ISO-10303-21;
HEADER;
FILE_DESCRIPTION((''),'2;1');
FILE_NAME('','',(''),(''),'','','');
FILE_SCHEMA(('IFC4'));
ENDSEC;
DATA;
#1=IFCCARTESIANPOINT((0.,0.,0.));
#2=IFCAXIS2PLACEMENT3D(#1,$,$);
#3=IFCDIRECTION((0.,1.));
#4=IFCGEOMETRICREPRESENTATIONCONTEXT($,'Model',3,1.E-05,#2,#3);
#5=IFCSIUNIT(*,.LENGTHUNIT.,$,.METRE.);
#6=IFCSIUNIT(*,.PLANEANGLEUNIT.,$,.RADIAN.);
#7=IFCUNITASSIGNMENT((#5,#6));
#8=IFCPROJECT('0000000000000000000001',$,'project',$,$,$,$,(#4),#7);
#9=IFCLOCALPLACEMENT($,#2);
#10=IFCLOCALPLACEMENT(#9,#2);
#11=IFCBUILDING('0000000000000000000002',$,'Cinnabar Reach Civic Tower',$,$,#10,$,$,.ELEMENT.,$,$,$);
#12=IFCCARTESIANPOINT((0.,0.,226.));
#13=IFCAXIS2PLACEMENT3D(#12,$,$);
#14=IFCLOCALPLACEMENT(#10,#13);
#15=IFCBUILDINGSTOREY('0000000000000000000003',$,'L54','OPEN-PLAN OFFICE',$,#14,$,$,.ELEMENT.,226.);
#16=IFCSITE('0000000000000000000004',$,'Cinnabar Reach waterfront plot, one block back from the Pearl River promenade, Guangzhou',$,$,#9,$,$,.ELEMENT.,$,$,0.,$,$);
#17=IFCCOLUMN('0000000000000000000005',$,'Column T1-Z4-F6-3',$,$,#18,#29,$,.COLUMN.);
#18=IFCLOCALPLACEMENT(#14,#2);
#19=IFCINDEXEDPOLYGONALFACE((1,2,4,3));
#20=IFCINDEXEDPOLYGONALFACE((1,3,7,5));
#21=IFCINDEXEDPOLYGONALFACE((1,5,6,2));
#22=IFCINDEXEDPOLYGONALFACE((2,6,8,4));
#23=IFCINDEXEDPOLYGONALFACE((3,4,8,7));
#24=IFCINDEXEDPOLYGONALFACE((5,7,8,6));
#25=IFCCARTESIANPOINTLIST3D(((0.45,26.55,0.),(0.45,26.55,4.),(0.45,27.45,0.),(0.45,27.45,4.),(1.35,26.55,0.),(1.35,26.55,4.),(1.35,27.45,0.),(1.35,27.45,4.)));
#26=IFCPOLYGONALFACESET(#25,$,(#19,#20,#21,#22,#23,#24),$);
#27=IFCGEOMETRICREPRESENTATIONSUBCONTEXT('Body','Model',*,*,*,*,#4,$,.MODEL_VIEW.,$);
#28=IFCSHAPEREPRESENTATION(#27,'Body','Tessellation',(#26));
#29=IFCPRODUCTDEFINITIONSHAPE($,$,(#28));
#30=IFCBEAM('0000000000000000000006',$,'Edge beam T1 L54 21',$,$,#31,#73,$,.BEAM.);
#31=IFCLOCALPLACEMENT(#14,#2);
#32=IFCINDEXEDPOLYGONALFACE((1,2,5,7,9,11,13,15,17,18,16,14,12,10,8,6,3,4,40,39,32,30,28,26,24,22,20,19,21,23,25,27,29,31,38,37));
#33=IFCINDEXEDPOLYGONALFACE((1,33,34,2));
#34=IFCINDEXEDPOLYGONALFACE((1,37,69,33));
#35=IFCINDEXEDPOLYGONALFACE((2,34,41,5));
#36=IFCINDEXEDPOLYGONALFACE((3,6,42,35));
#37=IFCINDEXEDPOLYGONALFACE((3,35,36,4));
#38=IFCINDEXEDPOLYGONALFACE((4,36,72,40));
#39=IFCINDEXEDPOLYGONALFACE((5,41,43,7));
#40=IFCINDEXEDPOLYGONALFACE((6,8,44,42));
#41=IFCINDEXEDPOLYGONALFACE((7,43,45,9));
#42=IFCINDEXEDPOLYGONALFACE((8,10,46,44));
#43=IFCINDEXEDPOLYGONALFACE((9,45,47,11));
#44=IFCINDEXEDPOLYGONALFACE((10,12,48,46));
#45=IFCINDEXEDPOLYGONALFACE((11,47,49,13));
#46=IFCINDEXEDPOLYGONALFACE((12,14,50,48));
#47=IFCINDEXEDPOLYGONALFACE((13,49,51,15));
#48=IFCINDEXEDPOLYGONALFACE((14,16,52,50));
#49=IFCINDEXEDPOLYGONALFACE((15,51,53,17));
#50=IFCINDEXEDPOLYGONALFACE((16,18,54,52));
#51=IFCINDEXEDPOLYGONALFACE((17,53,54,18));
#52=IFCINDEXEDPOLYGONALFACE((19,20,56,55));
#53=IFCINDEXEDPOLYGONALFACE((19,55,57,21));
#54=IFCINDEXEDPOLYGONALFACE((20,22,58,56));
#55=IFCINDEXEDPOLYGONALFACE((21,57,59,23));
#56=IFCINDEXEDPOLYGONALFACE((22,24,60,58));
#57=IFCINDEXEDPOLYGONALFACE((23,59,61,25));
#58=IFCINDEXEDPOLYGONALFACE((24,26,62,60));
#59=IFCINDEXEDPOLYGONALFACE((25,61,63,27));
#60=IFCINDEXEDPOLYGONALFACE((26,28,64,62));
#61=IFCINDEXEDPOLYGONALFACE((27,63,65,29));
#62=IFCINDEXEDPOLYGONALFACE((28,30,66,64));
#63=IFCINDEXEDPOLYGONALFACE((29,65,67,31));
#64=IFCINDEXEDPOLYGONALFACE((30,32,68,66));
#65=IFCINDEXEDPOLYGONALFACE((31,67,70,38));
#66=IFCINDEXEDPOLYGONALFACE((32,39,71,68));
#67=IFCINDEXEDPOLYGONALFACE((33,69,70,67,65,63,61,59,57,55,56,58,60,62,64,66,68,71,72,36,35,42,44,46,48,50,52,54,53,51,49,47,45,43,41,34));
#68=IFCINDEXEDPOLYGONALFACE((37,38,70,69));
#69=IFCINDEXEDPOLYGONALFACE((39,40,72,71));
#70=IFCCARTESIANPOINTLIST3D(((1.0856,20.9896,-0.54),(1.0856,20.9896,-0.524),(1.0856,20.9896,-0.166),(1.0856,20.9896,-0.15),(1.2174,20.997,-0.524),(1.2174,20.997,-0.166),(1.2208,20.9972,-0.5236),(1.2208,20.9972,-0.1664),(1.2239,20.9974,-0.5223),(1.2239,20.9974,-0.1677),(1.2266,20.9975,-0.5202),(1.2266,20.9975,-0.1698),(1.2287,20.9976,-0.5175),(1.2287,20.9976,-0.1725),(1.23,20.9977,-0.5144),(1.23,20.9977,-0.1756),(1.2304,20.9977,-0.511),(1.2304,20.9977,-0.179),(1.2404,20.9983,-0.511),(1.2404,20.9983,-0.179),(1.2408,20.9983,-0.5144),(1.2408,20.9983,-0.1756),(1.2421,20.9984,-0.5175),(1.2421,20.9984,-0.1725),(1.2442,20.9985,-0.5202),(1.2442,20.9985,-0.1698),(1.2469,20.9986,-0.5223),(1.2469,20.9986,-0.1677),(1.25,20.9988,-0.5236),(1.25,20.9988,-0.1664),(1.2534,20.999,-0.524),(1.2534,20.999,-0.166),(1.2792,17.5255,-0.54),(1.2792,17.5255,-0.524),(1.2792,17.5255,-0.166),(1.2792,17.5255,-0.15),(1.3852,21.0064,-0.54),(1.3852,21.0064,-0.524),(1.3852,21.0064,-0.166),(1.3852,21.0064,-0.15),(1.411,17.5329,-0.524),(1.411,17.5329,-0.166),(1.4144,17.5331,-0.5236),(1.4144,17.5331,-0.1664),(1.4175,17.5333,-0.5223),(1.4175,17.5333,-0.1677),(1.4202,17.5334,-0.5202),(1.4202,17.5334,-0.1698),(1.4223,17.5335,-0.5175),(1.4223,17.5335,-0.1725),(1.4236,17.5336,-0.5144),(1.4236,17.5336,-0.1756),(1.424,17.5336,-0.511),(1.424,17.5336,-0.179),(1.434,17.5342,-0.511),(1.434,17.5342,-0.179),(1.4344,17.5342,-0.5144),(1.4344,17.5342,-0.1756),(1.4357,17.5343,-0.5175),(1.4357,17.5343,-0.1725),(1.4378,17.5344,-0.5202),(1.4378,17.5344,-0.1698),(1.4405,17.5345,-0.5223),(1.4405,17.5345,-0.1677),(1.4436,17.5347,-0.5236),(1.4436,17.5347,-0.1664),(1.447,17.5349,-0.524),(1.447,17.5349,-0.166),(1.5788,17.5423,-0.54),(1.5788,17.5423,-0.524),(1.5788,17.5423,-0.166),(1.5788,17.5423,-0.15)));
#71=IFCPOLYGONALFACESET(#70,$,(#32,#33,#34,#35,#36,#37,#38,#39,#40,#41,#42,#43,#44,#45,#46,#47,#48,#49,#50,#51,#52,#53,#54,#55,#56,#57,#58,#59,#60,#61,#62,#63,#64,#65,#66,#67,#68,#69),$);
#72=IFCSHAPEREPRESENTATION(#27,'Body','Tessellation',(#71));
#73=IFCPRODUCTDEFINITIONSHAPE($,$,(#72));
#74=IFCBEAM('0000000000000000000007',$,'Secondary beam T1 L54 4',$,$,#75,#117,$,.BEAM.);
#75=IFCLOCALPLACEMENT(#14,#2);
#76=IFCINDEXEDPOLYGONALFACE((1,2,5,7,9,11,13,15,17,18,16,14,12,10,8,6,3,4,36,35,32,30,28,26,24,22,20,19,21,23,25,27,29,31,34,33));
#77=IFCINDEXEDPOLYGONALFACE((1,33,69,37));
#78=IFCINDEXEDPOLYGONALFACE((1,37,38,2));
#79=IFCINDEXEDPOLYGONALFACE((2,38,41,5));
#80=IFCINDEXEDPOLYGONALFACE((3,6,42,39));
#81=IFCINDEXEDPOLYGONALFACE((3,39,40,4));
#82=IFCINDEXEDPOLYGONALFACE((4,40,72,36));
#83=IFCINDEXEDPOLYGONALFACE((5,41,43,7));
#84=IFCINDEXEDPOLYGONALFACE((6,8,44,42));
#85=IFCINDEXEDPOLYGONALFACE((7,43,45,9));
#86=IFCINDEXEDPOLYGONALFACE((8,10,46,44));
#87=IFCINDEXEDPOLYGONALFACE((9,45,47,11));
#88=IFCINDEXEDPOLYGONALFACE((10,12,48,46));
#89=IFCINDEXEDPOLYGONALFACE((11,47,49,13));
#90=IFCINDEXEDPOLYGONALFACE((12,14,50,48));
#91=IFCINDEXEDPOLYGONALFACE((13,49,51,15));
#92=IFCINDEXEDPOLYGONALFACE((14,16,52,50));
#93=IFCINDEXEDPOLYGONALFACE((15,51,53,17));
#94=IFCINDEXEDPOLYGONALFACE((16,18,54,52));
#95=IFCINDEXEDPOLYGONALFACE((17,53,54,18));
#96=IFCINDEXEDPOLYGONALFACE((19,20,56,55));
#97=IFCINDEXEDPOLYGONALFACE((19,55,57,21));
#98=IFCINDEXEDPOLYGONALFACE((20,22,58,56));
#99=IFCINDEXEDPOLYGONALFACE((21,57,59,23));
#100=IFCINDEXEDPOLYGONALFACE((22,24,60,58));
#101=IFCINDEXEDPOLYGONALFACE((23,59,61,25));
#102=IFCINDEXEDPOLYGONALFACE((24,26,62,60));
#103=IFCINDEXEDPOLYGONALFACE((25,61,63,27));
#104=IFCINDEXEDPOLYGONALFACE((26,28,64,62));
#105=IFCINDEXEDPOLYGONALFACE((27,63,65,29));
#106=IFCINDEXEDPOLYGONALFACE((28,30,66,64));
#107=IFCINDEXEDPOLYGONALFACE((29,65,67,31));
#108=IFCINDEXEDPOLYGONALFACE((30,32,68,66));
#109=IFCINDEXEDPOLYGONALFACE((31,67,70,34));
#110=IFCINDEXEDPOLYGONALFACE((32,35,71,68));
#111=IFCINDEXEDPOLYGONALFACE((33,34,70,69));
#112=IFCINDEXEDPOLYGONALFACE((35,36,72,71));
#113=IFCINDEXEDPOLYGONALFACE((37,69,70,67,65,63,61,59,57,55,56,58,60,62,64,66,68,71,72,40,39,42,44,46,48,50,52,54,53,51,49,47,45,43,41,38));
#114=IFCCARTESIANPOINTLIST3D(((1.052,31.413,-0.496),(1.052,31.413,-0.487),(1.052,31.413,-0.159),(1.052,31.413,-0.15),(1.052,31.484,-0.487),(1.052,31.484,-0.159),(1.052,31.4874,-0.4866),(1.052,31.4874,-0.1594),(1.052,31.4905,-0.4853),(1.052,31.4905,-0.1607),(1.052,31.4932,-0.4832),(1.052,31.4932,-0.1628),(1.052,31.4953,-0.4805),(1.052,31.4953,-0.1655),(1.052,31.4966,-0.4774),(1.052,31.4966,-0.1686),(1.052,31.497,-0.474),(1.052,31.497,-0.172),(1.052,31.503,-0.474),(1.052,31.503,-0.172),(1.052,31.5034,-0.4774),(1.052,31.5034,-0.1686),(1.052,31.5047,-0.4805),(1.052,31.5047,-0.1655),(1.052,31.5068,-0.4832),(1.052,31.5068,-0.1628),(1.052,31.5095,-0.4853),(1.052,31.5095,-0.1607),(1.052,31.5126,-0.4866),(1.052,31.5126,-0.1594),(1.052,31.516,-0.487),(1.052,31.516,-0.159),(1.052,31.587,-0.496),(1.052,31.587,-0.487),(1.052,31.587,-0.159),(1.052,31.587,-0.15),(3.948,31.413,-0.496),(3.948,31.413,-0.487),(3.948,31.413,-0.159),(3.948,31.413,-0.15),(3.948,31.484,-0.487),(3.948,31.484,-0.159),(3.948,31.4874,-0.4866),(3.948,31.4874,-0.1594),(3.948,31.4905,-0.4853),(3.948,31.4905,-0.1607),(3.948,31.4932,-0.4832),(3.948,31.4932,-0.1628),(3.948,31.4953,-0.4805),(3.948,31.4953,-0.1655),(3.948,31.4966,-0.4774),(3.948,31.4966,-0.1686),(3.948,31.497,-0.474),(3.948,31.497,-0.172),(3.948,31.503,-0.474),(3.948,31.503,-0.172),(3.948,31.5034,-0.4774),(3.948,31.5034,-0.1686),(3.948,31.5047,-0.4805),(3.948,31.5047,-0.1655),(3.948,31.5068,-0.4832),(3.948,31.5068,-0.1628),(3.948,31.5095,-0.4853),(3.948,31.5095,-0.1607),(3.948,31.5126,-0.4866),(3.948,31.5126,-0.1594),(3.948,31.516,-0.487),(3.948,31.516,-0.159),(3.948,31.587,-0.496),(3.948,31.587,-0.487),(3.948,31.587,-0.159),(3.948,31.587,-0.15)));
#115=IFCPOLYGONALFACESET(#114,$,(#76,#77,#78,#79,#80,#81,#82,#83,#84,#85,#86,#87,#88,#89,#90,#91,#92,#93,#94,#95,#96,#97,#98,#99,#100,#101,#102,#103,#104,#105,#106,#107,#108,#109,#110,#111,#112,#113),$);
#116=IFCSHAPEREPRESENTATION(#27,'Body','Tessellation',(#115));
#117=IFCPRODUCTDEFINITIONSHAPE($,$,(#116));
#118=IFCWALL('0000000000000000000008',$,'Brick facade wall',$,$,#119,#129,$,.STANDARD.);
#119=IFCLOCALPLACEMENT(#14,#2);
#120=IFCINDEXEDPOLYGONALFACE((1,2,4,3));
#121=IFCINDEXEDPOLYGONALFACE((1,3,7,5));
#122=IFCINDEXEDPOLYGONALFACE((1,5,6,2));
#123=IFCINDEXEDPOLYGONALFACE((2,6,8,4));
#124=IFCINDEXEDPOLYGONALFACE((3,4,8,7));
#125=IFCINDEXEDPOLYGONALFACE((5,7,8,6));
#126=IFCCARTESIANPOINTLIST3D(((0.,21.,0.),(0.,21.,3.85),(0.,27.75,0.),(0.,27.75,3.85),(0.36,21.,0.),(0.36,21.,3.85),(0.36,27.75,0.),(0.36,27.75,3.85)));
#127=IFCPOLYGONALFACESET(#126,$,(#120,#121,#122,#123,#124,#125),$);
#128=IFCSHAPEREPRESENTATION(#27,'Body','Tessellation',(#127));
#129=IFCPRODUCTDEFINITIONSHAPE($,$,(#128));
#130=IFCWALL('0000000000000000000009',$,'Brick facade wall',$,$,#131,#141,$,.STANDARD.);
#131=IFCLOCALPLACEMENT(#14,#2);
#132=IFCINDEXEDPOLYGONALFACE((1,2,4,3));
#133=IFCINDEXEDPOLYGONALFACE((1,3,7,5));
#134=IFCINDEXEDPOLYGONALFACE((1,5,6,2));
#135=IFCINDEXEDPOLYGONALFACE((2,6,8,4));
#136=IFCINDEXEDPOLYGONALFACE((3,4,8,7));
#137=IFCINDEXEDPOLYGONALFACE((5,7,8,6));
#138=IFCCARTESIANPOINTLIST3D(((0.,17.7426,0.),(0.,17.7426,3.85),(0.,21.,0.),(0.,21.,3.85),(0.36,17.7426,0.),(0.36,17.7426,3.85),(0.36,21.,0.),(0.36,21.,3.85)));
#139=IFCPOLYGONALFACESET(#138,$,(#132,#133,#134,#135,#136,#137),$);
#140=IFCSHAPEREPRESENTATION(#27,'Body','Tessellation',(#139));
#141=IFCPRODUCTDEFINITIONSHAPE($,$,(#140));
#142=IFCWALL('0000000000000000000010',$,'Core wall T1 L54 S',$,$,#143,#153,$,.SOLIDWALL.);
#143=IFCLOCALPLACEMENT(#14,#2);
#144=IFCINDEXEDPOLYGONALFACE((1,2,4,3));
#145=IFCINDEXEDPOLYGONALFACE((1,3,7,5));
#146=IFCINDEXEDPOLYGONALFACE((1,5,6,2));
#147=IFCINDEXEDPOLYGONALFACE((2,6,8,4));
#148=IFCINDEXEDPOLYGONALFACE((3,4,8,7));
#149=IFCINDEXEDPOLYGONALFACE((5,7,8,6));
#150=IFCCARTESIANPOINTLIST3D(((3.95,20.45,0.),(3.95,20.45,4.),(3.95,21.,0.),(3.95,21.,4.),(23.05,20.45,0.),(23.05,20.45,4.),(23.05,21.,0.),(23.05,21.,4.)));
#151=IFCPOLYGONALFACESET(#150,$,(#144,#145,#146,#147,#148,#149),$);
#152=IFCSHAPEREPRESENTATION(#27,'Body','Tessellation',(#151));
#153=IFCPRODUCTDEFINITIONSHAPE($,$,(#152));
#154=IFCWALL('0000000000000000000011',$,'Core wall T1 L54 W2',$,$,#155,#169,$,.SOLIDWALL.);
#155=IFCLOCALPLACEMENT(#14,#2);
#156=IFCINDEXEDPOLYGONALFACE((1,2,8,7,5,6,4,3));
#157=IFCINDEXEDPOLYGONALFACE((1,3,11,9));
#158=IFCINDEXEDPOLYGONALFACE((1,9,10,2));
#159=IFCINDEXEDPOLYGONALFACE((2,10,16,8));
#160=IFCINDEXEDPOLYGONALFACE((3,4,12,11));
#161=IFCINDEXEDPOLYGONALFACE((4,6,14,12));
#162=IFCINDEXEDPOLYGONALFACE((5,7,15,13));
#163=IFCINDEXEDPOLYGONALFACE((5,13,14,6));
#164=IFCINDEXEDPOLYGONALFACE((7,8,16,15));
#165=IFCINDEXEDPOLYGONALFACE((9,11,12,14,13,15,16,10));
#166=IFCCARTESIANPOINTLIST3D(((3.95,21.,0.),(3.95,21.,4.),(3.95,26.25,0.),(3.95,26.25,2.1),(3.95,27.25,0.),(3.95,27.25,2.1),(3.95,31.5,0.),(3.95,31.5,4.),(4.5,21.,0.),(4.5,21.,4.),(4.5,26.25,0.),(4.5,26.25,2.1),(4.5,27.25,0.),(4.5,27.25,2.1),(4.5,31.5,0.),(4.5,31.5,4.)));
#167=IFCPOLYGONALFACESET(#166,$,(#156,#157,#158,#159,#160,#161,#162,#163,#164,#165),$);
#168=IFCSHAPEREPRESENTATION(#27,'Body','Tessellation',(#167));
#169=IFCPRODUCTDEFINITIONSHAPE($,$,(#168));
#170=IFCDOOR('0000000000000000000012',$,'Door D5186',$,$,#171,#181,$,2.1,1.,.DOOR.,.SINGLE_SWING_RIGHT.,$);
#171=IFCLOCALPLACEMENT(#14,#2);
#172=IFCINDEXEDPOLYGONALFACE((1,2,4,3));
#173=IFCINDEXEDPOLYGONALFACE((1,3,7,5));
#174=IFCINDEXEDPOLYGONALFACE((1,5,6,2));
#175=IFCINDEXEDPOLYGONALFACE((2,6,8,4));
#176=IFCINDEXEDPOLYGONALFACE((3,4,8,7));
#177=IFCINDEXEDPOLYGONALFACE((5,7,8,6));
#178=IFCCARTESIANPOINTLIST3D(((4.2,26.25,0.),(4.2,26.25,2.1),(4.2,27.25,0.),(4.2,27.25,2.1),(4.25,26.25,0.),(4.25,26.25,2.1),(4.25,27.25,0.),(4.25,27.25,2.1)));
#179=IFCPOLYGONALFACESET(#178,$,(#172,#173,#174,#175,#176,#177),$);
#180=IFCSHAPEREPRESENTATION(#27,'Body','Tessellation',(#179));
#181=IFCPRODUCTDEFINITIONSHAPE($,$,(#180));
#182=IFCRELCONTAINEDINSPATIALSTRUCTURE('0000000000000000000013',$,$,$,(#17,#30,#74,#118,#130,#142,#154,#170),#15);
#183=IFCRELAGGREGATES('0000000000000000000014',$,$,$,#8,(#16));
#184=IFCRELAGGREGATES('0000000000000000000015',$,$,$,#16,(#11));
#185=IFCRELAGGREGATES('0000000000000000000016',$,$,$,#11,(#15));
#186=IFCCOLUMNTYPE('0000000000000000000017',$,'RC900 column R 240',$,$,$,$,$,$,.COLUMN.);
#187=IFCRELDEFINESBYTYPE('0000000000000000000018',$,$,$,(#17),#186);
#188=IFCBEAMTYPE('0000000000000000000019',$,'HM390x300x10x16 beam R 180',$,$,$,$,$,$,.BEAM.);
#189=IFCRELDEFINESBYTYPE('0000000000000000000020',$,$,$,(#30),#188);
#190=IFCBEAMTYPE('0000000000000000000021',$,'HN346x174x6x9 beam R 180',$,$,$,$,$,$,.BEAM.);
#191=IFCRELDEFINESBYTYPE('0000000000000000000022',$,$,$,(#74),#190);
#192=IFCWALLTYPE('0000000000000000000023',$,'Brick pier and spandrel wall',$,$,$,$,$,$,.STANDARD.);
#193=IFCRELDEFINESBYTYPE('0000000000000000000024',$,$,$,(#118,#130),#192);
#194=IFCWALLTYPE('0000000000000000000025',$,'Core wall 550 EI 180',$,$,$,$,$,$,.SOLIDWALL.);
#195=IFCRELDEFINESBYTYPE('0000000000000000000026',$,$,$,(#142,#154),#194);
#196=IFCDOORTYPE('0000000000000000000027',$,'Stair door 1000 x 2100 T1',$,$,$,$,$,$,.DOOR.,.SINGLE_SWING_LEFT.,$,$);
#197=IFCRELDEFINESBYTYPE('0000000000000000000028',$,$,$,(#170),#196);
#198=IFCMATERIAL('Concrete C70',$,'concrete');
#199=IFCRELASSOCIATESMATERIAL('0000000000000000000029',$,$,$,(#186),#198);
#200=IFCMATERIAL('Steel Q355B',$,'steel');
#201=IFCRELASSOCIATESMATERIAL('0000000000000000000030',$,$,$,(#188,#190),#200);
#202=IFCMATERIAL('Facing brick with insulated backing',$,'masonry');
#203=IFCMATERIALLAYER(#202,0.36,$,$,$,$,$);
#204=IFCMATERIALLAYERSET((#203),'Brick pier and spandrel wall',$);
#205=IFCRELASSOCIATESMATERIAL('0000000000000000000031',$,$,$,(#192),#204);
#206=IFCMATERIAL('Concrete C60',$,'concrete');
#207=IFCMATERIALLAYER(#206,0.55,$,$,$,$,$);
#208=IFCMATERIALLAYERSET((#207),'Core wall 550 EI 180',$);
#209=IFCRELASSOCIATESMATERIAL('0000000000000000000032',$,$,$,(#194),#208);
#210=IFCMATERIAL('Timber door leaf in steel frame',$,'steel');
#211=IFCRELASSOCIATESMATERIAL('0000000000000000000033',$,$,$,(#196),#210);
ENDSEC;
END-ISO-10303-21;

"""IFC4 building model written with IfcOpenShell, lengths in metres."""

from ifc_helpers import new_model, si_unit, direction, frame, frame_2d, origin, origin_2d, place, context, subcontext, project, spatial, rectangle, i_section, extrude, material, layer, layer_set, material_profile, profile_set, type_object, element, fill, save


model = new_model("IFC4")

# Units and contexts
model_context = context("Model", 3, precision=1e-05, world=origin(), true_north=direction((0.0, 1.0)))
body_context = subcontext(model_context, "Body", "Model", "MODEL_VIEW")
ifc_project = project(units=[si_unit("LENGTHUNIT", "METRE"), si_unit("PLANEANGLEUNIT", "RADIAN")], contexts=[model_context])

# Site, building, storey
site_placement = place(None, origin())
site = spatial("IfcSite", under=ifc_project, at=site_placement, Name="Cinnabar Reach waterfront plot, one block back from the Pearl River promenade, Guangzhou", CompositionType="ELEMENT", RefElevation=0.0)
building_placement = place(site_placement, origin())
building = spatial("IfcBuilding", under=site, at=building_placement, Name="Cinnabar Reach Civic Tower", CompositionType="ELEMENT")
storey_placement = place(building_placement, frame((0.0, 0.0, 226.0)))
storey = spatial("IfcBuildingStorey", under=building, at=storey_placement, Name="L54", Description="OPEN-PLAN OFFICE", CompositionType="ELEMENT", Elevation=226.0)

# Column
ifc_material_1 = material(Name="Concrete C70", Category="concrete")
ifc_material_profile_1 = material_profile(ifc_material_1, rectangle(XDim=0.9, YDim=0.9, at=origin_2d()), Name="RC900")
ifc_profile_set_1 = profile_set([ifc_material_profile_1], Name="Concrete C70")
column_type = type_object("IfcColumnType", Name="RC900 column R 240", PredefinedType="COLUMN", material=ifc_profile_set_1)
column_placement = place(storey_placement, frame((0.9, 27.0, 0.0), z_axis=(0.0, 0.0, 1.0), x_axis=(1.0, 0.0, 0.0)))
element("IfcColumn", 1, at=column_placement, inside=storey, type_object=column_type, Name="Column T1-Z4-F6-3", PredefinedType="COLUMN", context=body_context, shape_type="SweptSolid", body=[
    extrude(rectangle(XDim=0.9, YDim=0.9, at=origin_2d()), origin(), (0.0, 0.0, 1.0), 4.0),
])

# Beams
ifc_material_2 = material(Name="Steel Q355B", Category="steel")
ifc_material_profile_2 = material_profile(ifc_material_2, i_section(OverallWidth=0.3, OverallDepth=0.39, WebThickness=0.01, FlangeThickness=0.016, FilletRadius=0.013, at=origin_2d()), Name="HM390x300x10x16")
ifc_profile_set_2 = profile_set([ifc_material_profile_2], Name="Steel Q355B")
beam_type_1 = type_object("IfcBeamType", Name="HM390x300x10x16 beam R 180", PredefinedType="BEAM", material=ifc_profile_set_2)
beam_1_placement = place(storey_placement, frame((1.2354, 20.998, -0.345), z_axis=(0.0558, -0.998442, 0.0), x_axis=(0.998442, 0.0558, 0.0)))
element("IfcBeam", 2, at=beam_1_placement, inside=storey, type_object=beam_type_1, Name="Edge beam T1 L54 21", PredefinedType="BEAM", context=body_context, shape_type="SweptSolid", body=[
    extrude(i_section(OverallWidth=0.3, OverallDepth=0.39, WebThickness=0.01, FlangeThickness=0.016, FilletRadius=0.013, at=origin_2d()), origin(), (0.0, 0.0, 1.0), 3.4695),
])
ifc_material_profile_3 = material_profile(ifc_material_2, i_section(OverallWidth=0.174, OverallDepth=0.346, WebThickness=0.006, FlangeThickness=0.009, FilletRadius=0.013, at=origin_2d()), Name="HN346x174x6x9")
ifc_profile_set_3 = profile_set([ifc_material_profile_3], Name="Steel Q355B")
beam_type_2 = type_object("IfcBeamType", Name="HN346x174x6x9 beam R 180", PredefinedType="BEAM", material=ifc_profile_set_3)
beam_2_placement = place(storey_placement, frame((1.052, 31.5, -0.323), z_axis=(1.0, 0.0, 0.0), x_axis=(0.0, 1.0, 0.0)))
element("IfcBeam", 3, at=beam_2_placement, inside=storey, type_object=beam_type_2, Name="Secondary beam T1 L54 4", PredefinedType="BEAM", context=body_context, shape_type="SweptSolid", body=[
    extrude(i_section(OverallWidth=0.174, OverallDepth=0.346, WebThickness=0.006, FlangeThickness=0.009, FilletRadius=0.013, at=origin_2d()), origin(), (0.0, 0.0, 1.0), 2.896),
])

# Walls
ifc_material_3 = material(Name="Facing brick with insulated backing", Category="masonry")
ifc_layer_1 = layer(ifc_material_3, 0.36)
ifc_layer_set_1 = layer_set([ifc_layer_1], Name="Brick pier and spandrel wall")
wall_type_1 = type_object("IfcWallType", Name="Brick pier and spandrel wall", PredefinedType="STANDARD", material=ifc_layer_set_1)
wall_1_placement = place(storey_placement, frame((0.18, 27.75, 0.0), z_axis=(0.0, 0.0, 1.0), x_axis=(0.0, -1.0, 0.0)))
element("IfcWall", 4, at=wall_1_placement, inside=storey, type_object=wall_type_1, Name="Brick facade wall", PredefinedType="STANDARD", context=body_context, shape_type="SweptSolid", body=[
    extrude(rectangle(XDim=6.75, YDim=0.36, at=frame_2d((3.375, 0.0))), origin(), (0.0, 0.0, 1.0), 3.85),
])
wall_2_placement = place(storey_placement, frame((0.18, 21.0, 0.0), z_axis=(0.0, 0.0, 1.0), x_axis=(0.0, -1.0, 0.0)))
element("IfcWall", 5, at=wall_2_placement, inside=storey, type_object=wall_type_1, Name="Brick facade wall", PredefinedType="STANDARD", context=body_context, shape_type="SweptSolid", body=[
    extrude(rectangle(XDim=3.2574, YDim=0.36, at=frame_2d((1.6287, 0.0))), origin(), (0.0, 0.0, 1.0), 3.85),
])
ifc_material_4 = material(Name="Concrete C60", Category="concrete")
ifc_layer_2 = layer(ifc_material_4, 0.55)
ifc_layer_set_2 = layer_set([ifc_layer_2], Name="Core wall 550 EI 180")
wall_type_2 = type_object("IfcWallType", Name="Core wall 550 EI 180", PredefinedType="SOLIDWALL", material=ifc_layer_set_2)
wall_3_placement = place(storey_placement, frame((3.95, 20.725, 0.0), z_axis=(0.0, 0.0, 1.0), x_axis=(1.0, 0.0, 0.0)))
element("IfcWall", 6, at=wall_3_placement, inside=storey, type_object=wall_type_2, Name="Core wall T1 L54 S", PredefinedType="SOLIDWALL", context=body_context, shape_type="SweptSolid", body=[
    extrude(rectangle(XDim=19.1, YDim=0.55, at=frame_2d((9.55, 0.0))), origin(), (0.0, 0.0, 1.0), 4.0),
])

# Wall, opening, door
wall_4_placement = place(storey_placement, frame((4.225, 31.5, 0.0), z_axis=(0.0, 0.0, 1.0), x_axis=(0.0, -1.0, 0.0)))
wall_4 = element("IfcWall", 7, at=wall_4_placement, inside=storey, type_object=wall_type_2, Name="Core wall T1 L54 W2", PredefinedType="SOLIDWALL", context=body_context, shape_type="SweptSolid", body=[
    extrude(rectangle(XDim=10.5, YDim=0.55, at=frame_2d((5.25, 0.0))), origin(), (0.0, 0.0, 1.0), 4.0),
])
opening_1_placement = place(wall_4_placement, frame((4.25, 0.0, 0.0)))
opening_1 = element("IfcOpeningElement", 8, at=opening_1_placement, cuts=wall_4, PredefinedType="OPENING", context=body_context, shape_type="SweptSolid", body=[
    extrude(rectangle(XDim=1.0, YDim=2.1, at=frame_2d((0.5, 1.05))), frame((0.0, 0.285, 0.0), z_axis=(0.0, -1.0, 0.0), x_axis=(1.0, 0.0, 0.0)), (0.0, 0.0, 1.0), 0.57),
])
ifc_material_5 = material(Name="Timber door leaf in steel frame", Category="steel")
door_type_1 = type_object("IfcDoorType", Name="Stair door 1000 x 2100 T1", OperationType="SINGLE_SWING_LEFT", PredefinedType="DOOR", material=ifc_material_5)
door_1_placement = place(opening_1_placement, frame((1.0, 0.0, 0.0), z_axis=(0.0, 0.0, 1.0), x_axis=(-1.0, 0.0, 0.0)))
door_1 = element("IfcDoor", 9, at=door_1_placement, inside=storey, type_object=door_type_1, Name="Door D5186", OperationType="SINGLE_SWING_RIGHT", OverallHeight=2.1, OverallWidth=1.0, PredefinedType="DOOR", context=body_context, shape_type="SweptSolid", body=[
    extrude(rectangle(XDim=1.0, YDim=2.1, at=frame_2d((0.5, 1.05))), frame((0.0, 0.025, 0.0), z_axis=(0.0, -1.0, 0.0), x_axis=(1.0, 0.0, 0.0)), (0.0, 0.0, 1.0), 0.05),
])
fill(opening_1, door_1)

save(model, "model.ifc")
